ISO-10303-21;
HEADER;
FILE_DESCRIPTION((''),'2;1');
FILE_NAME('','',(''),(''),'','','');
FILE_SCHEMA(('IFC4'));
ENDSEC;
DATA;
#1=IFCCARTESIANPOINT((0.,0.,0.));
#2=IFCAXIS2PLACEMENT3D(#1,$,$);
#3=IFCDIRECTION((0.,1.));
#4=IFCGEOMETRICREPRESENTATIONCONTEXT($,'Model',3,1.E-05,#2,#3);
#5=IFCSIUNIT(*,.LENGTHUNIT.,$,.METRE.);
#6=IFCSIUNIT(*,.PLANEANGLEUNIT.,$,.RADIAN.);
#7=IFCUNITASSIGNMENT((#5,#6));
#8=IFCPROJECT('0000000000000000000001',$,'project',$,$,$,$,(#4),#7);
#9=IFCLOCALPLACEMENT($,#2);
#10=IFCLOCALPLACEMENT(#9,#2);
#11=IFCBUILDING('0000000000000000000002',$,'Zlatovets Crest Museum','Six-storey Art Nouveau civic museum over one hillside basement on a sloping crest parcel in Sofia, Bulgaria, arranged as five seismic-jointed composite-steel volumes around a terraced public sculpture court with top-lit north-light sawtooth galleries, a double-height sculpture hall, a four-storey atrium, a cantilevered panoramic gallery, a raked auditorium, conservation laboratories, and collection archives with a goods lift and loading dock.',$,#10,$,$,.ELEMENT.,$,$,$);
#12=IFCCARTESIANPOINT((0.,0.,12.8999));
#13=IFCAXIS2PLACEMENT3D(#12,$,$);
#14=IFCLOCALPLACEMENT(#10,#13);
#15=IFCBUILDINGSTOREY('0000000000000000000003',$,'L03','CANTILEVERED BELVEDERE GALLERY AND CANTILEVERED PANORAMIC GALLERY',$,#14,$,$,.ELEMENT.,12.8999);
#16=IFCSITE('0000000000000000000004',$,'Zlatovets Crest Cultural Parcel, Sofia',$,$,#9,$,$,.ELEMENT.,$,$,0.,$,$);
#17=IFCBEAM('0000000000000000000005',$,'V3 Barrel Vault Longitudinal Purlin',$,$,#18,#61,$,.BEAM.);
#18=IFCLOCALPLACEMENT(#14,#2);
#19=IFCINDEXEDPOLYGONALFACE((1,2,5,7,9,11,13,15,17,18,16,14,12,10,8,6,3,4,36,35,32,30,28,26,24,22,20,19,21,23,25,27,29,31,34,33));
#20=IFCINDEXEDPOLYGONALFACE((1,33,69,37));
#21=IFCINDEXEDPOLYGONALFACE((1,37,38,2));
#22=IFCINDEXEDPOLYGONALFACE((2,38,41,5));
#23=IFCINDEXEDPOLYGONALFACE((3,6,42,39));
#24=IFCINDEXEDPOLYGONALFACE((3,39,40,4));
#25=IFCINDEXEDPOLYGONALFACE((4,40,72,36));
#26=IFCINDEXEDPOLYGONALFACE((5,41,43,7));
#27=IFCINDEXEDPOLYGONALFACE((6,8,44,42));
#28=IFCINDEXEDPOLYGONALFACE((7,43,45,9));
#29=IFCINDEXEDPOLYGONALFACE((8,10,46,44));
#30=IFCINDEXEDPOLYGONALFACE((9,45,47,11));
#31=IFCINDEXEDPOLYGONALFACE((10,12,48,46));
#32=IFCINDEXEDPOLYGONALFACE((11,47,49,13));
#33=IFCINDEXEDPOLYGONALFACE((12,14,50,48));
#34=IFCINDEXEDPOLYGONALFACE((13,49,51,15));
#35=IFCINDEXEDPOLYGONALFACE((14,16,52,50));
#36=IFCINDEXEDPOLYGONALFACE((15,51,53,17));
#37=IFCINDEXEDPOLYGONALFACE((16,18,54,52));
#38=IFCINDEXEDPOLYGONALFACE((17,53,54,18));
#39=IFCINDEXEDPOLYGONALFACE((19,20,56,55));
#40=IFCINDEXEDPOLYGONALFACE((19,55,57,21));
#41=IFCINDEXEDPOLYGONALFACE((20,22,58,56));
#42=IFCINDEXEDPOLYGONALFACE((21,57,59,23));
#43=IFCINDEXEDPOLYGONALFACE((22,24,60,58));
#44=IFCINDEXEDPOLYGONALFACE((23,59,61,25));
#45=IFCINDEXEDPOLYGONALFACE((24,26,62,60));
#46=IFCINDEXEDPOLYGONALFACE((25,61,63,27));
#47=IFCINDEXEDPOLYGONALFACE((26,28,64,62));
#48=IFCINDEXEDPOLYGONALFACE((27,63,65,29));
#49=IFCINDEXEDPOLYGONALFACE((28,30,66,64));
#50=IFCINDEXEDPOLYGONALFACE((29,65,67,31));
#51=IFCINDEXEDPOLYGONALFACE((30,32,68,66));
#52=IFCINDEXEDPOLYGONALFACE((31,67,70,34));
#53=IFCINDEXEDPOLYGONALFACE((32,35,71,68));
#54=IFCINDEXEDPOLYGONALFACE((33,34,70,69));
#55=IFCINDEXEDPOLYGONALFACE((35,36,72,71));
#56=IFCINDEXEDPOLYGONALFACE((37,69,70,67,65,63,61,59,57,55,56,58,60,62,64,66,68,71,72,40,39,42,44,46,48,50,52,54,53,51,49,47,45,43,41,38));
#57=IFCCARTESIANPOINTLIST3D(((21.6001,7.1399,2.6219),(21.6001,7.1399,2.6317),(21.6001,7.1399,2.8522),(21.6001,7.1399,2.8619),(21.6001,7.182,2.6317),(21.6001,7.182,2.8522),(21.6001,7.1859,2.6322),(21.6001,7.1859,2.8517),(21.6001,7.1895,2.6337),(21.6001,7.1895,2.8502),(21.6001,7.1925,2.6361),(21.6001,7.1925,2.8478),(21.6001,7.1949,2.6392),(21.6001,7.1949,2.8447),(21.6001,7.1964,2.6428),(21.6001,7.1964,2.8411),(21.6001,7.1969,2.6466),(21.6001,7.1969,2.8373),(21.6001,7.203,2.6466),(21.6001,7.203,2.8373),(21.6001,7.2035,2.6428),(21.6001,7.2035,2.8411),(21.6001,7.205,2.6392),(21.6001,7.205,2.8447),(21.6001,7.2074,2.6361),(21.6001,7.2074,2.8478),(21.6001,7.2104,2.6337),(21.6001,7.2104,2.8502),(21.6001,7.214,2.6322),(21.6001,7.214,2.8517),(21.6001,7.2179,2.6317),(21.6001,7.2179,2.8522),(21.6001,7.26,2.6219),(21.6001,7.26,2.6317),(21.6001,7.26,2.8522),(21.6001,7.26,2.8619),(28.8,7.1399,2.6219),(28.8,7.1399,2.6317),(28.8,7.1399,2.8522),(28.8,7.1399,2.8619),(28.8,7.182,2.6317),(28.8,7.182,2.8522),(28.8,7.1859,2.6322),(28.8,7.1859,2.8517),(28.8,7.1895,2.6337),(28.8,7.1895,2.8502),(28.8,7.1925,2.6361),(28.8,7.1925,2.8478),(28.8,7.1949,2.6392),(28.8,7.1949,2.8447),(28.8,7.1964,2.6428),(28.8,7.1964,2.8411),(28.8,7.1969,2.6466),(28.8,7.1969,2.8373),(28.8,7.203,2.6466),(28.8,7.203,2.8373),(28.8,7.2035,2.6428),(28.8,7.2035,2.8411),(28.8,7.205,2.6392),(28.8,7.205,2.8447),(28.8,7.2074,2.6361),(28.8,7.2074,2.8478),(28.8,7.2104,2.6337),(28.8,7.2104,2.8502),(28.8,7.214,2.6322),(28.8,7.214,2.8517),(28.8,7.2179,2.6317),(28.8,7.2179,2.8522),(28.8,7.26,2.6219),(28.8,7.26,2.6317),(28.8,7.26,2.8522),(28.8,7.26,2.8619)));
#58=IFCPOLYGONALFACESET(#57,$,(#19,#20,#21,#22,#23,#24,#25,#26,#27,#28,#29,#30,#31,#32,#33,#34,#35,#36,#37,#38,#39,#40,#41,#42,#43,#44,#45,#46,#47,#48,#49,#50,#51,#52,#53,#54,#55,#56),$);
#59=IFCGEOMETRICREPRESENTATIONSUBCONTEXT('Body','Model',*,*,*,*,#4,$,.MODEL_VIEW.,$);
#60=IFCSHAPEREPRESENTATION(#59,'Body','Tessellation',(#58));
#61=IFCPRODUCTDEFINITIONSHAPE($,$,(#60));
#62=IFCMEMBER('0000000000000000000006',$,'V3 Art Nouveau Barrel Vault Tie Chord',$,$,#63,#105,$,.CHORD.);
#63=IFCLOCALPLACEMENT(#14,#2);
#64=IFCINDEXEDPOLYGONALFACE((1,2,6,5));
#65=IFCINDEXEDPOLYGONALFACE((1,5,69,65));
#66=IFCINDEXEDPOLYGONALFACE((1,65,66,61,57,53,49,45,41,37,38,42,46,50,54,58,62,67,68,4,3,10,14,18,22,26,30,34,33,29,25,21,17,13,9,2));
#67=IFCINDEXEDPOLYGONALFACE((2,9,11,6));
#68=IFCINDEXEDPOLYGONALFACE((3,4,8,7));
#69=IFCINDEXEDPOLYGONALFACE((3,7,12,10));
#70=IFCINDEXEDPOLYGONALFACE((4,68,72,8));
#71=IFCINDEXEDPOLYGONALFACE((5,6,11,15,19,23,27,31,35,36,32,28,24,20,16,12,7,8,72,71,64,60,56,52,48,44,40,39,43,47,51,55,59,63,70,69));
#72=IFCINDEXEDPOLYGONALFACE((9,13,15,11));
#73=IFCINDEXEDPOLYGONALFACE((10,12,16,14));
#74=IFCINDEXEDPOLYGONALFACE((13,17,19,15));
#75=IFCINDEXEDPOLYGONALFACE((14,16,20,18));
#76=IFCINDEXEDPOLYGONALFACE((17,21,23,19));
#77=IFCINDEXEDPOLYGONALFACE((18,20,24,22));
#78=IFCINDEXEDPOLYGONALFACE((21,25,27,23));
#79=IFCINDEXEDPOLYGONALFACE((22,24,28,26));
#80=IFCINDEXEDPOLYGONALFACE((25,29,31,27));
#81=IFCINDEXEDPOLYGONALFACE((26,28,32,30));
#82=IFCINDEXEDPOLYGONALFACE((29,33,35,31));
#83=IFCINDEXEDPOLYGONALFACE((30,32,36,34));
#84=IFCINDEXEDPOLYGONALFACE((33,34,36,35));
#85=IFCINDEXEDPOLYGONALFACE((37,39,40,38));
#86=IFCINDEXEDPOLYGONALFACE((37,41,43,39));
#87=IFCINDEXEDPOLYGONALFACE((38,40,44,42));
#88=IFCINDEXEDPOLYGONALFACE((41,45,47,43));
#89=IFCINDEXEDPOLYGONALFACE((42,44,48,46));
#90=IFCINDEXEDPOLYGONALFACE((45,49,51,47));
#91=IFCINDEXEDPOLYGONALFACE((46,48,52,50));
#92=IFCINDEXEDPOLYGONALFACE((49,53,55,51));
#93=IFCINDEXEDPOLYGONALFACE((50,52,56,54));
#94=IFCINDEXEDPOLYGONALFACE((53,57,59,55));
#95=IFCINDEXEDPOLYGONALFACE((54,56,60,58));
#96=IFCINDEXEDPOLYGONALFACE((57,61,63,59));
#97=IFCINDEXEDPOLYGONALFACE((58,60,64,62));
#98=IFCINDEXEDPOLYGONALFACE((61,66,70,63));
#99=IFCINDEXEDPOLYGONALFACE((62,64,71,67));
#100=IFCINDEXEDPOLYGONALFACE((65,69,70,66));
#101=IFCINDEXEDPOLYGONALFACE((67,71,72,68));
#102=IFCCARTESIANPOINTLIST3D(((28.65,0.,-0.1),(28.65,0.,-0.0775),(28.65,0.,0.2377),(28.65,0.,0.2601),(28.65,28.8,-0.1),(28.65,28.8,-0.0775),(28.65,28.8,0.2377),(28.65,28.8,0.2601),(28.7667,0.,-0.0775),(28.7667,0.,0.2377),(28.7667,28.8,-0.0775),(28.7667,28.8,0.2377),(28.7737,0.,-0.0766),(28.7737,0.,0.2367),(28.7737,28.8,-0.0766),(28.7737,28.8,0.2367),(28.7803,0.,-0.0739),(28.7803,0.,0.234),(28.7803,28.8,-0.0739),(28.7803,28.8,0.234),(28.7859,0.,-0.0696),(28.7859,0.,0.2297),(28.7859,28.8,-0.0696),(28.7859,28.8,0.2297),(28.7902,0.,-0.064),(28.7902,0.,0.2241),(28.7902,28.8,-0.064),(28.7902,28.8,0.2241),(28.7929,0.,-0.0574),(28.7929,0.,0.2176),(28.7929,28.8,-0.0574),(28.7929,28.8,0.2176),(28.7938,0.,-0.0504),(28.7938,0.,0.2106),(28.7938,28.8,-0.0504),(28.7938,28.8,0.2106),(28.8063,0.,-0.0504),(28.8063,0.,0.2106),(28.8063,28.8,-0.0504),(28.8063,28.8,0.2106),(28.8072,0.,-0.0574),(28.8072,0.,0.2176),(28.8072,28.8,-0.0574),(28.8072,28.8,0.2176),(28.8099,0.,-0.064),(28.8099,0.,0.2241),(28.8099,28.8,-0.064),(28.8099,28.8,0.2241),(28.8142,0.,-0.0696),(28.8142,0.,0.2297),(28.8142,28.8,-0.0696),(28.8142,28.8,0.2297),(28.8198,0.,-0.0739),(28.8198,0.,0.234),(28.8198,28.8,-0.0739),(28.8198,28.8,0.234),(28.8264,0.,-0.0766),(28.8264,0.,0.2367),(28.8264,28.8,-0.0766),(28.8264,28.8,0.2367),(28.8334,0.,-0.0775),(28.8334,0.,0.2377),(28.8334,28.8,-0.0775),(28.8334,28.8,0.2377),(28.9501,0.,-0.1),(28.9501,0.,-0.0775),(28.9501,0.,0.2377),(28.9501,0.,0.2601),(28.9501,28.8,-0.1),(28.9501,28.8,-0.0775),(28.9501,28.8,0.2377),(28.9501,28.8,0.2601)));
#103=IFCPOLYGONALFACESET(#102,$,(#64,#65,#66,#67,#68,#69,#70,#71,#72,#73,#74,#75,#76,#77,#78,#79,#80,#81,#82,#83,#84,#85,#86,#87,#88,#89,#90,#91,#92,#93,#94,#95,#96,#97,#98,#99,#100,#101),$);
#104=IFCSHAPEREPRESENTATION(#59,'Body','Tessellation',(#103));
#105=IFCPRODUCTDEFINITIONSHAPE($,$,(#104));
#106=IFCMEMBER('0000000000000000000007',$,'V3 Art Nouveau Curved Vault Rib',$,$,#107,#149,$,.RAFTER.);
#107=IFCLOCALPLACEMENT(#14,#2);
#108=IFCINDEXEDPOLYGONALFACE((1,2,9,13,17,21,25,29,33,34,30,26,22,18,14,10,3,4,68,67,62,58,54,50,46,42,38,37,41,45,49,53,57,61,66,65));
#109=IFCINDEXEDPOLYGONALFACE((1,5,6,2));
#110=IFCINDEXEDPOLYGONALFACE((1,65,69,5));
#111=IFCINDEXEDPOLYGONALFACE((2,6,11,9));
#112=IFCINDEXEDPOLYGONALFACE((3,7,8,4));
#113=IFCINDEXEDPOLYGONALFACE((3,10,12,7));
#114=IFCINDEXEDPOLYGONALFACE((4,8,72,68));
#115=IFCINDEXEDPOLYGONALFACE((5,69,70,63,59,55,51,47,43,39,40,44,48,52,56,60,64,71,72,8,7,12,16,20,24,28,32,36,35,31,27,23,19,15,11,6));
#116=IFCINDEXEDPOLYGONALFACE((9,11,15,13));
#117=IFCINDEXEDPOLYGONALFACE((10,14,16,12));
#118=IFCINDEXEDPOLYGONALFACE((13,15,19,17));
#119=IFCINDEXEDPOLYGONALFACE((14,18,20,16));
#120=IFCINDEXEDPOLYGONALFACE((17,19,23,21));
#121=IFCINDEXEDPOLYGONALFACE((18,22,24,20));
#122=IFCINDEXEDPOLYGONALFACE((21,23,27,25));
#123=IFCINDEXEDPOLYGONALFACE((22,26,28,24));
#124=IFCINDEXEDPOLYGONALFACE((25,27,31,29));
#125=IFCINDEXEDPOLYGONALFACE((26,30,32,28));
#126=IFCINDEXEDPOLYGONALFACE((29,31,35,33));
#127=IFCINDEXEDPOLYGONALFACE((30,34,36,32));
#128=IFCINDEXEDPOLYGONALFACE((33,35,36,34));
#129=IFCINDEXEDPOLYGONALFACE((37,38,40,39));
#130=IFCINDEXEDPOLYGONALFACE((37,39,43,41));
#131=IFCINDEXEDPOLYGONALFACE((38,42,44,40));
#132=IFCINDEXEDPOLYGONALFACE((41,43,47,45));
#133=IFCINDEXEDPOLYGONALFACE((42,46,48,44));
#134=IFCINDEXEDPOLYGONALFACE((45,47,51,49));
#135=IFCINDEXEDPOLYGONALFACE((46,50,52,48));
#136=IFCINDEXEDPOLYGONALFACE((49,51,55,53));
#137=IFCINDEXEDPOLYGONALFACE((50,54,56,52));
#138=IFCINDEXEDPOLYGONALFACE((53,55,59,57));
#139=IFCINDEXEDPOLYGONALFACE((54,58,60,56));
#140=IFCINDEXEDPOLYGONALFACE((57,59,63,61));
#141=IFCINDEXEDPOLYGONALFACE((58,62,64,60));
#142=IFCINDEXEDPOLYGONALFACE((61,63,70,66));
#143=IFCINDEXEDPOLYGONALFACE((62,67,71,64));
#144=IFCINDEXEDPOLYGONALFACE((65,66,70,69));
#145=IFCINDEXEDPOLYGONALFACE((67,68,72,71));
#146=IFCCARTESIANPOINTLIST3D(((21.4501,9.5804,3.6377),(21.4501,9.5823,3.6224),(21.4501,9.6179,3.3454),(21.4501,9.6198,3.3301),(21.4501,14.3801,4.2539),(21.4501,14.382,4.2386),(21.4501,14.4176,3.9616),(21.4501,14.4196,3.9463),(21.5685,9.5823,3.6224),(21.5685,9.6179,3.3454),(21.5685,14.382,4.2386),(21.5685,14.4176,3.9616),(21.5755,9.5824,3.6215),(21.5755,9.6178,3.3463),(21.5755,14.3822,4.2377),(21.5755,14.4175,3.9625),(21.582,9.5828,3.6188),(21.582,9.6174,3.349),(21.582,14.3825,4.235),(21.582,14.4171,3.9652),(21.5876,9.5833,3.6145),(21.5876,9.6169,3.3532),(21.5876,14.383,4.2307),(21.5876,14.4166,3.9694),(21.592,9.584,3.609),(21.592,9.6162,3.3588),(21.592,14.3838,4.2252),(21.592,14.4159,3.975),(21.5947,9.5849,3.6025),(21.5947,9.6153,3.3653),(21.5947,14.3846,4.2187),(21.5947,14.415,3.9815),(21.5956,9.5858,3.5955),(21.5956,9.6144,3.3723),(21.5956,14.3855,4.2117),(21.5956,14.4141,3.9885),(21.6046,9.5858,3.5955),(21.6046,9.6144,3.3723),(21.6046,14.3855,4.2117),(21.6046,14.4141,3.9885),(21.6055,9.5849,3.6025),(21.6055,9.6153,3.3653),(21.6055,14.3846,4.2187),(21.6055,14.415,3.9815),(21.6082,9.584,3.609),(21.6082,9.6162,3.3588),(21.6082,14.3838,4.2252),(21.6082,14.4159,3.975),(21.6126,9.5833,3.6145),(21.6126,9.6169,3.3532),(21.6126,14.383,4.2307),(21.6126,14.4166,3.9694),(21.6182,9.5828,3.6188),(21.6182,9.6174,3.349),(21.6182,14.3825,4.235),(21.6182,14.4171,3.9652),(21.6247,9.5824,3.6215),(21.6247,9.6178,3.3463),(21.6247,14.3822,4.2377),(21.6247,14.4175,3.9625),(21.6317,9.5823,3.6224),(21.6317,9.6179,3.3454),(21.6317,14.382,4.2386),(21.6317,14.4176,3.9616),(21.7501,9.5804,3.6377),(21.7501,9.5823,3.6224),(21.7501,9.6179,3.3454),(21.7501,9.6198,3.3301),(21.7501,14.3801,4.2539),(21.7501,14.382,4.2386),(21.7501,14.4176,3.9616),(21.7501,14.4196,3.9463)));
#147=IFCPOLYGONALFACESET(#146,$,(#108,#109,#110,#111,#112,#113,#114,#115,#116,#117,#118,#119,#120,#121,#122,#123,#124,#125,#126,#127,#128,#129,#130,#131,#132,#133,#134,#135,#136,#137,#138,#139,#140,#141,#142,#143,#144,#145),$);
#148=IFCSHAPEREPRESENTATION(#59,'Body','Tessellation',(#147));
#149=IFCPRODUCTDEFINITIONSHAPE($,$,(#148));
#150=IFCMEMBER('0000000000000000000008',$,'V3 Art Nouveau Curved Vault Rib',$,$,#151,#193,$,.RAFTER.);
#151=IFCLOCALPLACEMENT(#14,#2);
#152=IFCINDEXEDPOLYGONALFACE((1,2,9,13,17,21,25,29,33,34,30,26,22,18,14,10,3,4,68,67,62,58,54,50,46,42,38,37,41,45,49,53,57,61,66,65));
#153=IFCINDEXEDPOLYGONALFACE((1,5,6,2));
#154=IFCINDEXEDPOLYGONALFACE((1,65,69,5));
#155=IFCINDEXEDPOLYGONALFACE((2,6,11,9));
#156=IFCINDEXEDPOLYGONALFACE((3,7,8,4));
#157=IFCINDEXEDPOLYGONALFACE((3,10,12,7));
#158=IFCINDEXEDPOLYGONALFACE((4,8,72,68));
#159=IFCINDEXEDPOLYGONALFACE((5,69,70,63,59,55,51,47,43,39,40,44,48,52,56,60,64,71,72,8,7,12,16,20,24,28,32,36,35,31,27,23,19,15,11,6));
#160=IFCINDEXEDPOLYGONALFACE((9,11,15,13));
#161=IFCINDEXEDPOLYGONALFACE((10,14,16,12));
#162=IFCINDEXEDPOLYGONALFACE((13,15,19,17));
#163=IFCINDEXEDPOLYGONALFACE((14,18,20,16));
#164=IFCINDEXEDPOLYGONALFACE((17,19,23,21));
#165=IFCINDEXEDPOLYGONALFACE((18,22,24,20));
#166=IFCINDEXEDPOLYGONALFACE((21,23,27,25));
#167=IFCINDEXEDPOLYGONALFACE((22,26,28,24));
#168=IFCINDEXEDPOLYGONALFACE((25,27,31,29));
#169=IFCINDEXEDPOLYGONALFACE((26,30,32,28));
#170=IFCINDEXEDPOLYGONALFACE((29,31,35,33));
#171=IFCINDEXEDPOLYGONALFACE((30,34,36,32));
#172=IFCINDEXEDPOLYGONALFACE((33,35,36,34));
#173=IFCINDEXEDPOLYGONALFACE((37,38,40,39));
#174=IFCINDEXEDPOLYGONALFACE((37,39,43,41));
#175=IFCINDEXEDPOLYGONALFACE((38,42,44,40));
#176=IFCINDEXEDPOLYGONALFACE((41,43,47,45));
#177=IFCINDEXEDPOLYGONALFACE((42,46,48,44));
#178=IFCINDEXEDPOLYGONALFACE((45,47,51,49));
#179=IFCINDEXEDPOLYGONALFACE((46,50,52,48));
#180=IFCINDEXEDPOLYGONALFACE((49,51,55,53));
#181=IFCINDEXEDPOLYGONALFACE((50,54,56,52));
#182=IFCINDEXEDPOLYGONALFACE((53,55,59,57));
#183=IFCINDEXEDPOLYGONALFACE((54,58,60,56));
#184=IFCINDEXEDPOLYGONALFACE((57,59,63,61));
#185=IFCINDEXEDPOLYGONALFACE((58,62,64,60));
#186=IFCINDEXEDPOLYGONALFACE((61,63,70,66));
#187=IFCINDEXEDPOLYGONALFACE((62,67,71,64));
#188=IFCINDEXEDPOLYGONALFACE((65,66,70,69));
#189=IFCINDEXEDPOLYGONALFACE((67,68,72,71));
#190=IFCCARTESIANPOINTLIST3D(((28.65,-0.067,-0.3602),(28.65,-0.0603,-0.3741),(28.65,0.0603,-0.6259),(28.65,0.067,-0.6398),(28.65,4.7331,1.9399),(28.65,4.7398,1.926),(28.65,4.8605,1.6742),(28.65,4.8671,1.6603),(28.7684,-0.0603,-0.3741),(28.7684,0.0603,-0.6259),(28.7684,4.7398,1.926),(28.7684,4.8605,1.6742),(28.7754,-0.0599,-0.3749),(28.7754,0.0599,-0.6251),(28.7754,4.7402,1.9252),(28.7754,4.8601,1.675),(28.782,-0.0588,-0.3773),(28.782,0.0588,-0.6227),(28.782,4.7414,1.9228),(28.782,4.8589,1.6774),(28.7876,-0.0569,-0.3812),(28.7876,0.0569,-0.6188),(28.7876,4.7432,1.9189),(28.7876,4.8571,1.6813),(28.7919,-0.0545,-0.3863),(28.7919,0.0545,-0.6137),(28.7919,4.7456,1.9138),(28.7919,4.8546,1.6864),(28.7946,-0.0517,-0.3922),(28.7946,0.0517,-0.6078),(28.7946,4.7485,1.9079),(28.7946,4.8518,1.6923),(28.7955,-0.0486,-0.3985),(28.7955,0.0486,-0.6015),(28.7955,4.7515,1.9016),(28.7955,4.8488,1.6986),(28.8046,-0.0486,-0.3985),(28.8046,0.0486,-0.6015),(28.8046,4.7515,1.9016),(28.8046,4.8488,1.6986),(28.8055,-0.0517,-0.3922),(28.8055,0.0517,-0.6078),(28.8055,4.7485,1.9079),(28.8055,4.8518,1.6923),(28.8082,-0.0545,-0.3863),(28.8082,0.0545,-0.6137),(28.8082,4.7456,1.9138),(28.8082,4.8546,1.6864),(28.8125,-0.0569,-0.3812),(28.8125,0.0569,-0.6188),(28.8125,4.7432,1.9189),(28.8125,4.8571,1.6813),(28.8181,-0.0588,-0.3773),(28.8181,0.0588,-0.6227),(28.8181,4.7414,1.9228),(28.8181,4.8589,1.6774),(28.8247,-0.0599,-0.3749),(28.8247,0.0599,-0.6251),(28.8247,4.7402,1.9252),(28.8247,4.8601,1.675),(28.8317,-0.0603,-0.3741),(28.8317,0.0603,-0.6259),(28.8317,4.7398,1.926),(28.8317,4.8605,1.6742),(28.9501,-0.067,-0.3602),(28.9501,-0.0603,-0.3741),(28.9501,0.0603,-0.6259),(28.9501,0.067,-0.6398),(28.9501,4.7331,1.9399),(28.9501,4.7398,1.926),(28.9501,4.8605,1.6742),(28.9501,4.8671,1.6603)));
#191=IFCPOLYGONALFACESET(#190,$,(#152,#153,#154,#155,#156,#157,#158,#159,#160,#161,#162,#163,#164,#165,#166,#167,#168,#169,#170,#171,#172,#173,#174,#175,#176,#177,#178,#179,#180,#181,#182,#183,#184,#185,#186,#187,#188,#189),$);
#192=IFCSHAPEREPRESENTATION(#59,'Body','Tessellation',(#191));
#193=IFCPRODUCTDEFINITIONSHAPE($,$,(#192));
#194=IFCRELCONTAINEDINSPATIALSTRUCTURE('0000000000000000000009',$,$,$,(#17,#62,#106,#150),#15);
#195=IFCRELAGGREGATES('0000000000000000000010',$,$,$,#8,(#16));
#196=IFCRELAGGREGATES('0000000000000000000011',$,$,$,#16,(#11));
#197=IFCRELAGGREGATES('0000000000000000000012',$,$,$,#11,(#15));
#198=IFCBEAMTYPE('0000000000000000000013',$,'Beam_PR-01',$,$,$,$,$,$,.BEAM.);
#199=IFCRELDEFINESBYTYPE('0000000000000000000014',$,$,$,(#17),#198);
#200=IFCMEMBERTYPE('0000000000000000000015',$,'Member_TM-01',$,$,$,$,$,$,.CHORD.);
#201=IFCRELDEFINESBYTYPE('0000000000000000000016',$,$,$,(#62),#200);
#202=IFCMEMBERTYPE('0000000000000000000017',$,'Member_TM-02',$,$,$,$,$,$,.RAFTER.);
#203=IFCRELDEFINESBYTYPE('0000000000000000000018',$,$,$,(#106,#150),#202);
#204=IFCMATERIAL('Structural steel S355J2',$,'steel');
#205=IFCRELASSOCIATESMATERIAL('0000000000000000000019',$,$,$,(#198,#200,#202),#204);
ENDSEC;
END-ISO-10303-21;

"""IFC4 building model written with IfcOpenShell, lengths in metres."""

from ifc_helpers import new_model, si_unit, direction, frame, origin, origin_2d, place, context, subcontext, project, spatial, i_section, extrude, material, material_profile, profile_set, type_object, element, save


model = new_model("IFC4")

# Units and contexts
model_context = context("Model", 3, precision=1e-05, world=origin(), true_north=direction((0.0, 1.0)))
body_context = subcontext(model_context, "Body", "Model", "MODEL_VIEW")
ifc_project = project(units=[si_unit("LENGTHUNIT", "METRE"), si_unit("PLANEANGLEUNIT", "RADIAN")], contexts=[model_context])

# Site, building, storey
site_placement = place(None, origin())
site = spatial("IfcSite", under=ifc_project, at=site_placement, Name="Zlatovets Crest Cultural Parcel, Sofia", CompositionType="ELEMENT", RefElevation=0.0)
building_placement = place(site_placement, origin())
building = spatial("IfcBuilding", under=site, at=building_placement, Name="Zlatovets Crest Museum", Description="Six-storey Art Nouveau civic museum over one hillside basement on a sloping crest parcel in Sofia, Bulgaria, arranged as five seismic-jointed composite-steel volumes around a terraced public sculpture court with top-lit north-light sawtooth galleries, a double-height sculpture hall, a four-storey atrium, a cantilevered panoramic gallery, a raked auditorium, conservation laboratories, and collection archives with a goods lift and loading dock.", CompositionType="ELEMENT")
storey_placement = place(building_placement, frame((0.0, 0.0, 12.8999)))
storey = spatial("IfcBuildingStorey", under=building, at=storey_placement, Name="L03", Description="CANTILEVERED BELVEDERE GALLERY AND CANTILEVERED PANORAMIC GALLERY", CompositionType="ELEMENT", Elevation=12.8999)

# Beam
ifc_material_1 = material(Name="Structural steel S355J2", Category="steel")
ifc_material_profile_1 = material_profile(ifc_material_1, i_section(OverallWidth=0.1201, OverallDepth=0.24, WebThickness=0.0061, FlangeThickness=0.0098, FilletRadius=0.0149, at=origin_2d()), Name="IPE 240")
ifc_profile_set_1 = profile_set([ifc_material_profile_1], Name="Structural steel S355J2")
beam_type_1 = type_object("IfcBeamType", Name="Beam_PR-01", PredefinedType="BEAM", material=ifc_profile_set_1)
beam_1_placement = place(storey_placement, frame((21.6001, 7.2, 2.7419), z_axis=(1.0, 0.0, 0.0), x_axis=(0.0, 1.0, 0.0)))
element("IfcBeam", 1, at=beam_1_placement, inside=storey, type_object=beam_type_1, Name="V3 Barrel Vault Longitudinal Purlin", PredefinedType="BEAM", context=body_context, shape_type="SweptSolid", body=[
    extrude(i_section(OverallWidth=0.1201, OverallDepth=0.24, WebThickness=0.0061, FlangeThickness=0.0098, FilletRadius=0.0149, at=origin_2d()), origin(), (0.0, 0.0, 1.0), 7.2),
])

# Members
ifc_material_profile_2 = material_profile(ifc_material_1, i_section(OverallWidth=0.3, OverallDepth=0.3601, WebThickness=0.0125, FlangeThickness=0.0225, FilletRadius=0.0271, at=origin_2d()), Name="HEB 360")
ifc_profile_set_2 = profile_set([ifc_material_profile_2], Name="Structural steel S355J2")
member_type_1 = type_object("IfcMemberType", Name="Member_TM-01", PredefinedType="CHORD", material=ifc_profile_set_2)
member_1_placement = place(storey_placement, frame((28.8, 0.0, 0.0801), z_axis=(0.0, 1.0, 0.0), x_axis=(-1.0, 0.0, 0.0)))
element("IfcMember", 2, at=member_1_placement, inside=storey, type_object=member_type_1, Name="V3 Art Nouveau Barrel Vault Tie Chord", PredefinedType="CHORD", context=body_context, shape_type="SweptSolid", body=[
    extrude(i_section(OverallWidth=0.3, OverallDepth=0.3601, WebThickness=0.0125, FlangeThickness=0.0225, FilletRadius=0.0271, at=origin_2d()), origin(), (0.0, 0.0, 1.0), 28.8),
])
ifc_material_profile_3 = material_profile(ifc_material_1, i_section(OverallWidth=0.3, OverallDepth=0.3101, WebThickness=0.009, FlangeThickness=0.0154, FilletRadius=0.0271, at=origin_2d()), Name="HEA 320")
ifc_profile_set_3 = profile_set([ifc_material_profile_3], Name="Structural steel S355J2")
member_type_2 = type_object("IfcMemberType", Name="Member_TM-02", PredefinedType="RAFTER", material=ifc_profile_set_3)
member_2_placement = place(storey_placement, frame((21.6001, 9.6001, 3.4839), z_axis=(0.0, 0.991859, 0.127337), x_axis=(-1.0, 0.0, 0.0)))
element("IfcMember", 3, at=member_2_placement, inside=storey, type_object=member_type_2, Name="V3 Art Nouveau Curved Vault Rib", PredefinedType="RAFTER", context=body_context, shape_type="SweptSolid", body=[
    extrude(i_section(OverallWidth=0.3, OverallDepth=0.3101, WebThickness=0.009, FlangeThickness=0.0154, FilletRadius=0.0271, at=origin_2d()), origin(), (0.0, 0.0, 1.0), 4.8391),
])
member_3_placement = place(storey_placement, frame((28.8, 0.0, -0.5), z_axis=(0.0, 0.901814, 0.432124), x_axis=(-1.0, 0.0, 0.0)))
element("IfcMember", 4, at=member_3_placement, inside=storey, type_object=member_type_2, Name="V3 Art Nouveau Curved Vault Rib", PredefinedType="RAFTER", context=body_context, shape_type="SweptSolid", body=[
    extrude(i_section(OverallWidth=0.3, OverallDepth=0.3101, WebThickness=0.009, FlangeThickness=0.0154, FilletRadius=0.0271, at=origin_2d()), origin(), (0.0, 0.0, 1.0), 5.3228),
])

save(model, "model.ifc")
